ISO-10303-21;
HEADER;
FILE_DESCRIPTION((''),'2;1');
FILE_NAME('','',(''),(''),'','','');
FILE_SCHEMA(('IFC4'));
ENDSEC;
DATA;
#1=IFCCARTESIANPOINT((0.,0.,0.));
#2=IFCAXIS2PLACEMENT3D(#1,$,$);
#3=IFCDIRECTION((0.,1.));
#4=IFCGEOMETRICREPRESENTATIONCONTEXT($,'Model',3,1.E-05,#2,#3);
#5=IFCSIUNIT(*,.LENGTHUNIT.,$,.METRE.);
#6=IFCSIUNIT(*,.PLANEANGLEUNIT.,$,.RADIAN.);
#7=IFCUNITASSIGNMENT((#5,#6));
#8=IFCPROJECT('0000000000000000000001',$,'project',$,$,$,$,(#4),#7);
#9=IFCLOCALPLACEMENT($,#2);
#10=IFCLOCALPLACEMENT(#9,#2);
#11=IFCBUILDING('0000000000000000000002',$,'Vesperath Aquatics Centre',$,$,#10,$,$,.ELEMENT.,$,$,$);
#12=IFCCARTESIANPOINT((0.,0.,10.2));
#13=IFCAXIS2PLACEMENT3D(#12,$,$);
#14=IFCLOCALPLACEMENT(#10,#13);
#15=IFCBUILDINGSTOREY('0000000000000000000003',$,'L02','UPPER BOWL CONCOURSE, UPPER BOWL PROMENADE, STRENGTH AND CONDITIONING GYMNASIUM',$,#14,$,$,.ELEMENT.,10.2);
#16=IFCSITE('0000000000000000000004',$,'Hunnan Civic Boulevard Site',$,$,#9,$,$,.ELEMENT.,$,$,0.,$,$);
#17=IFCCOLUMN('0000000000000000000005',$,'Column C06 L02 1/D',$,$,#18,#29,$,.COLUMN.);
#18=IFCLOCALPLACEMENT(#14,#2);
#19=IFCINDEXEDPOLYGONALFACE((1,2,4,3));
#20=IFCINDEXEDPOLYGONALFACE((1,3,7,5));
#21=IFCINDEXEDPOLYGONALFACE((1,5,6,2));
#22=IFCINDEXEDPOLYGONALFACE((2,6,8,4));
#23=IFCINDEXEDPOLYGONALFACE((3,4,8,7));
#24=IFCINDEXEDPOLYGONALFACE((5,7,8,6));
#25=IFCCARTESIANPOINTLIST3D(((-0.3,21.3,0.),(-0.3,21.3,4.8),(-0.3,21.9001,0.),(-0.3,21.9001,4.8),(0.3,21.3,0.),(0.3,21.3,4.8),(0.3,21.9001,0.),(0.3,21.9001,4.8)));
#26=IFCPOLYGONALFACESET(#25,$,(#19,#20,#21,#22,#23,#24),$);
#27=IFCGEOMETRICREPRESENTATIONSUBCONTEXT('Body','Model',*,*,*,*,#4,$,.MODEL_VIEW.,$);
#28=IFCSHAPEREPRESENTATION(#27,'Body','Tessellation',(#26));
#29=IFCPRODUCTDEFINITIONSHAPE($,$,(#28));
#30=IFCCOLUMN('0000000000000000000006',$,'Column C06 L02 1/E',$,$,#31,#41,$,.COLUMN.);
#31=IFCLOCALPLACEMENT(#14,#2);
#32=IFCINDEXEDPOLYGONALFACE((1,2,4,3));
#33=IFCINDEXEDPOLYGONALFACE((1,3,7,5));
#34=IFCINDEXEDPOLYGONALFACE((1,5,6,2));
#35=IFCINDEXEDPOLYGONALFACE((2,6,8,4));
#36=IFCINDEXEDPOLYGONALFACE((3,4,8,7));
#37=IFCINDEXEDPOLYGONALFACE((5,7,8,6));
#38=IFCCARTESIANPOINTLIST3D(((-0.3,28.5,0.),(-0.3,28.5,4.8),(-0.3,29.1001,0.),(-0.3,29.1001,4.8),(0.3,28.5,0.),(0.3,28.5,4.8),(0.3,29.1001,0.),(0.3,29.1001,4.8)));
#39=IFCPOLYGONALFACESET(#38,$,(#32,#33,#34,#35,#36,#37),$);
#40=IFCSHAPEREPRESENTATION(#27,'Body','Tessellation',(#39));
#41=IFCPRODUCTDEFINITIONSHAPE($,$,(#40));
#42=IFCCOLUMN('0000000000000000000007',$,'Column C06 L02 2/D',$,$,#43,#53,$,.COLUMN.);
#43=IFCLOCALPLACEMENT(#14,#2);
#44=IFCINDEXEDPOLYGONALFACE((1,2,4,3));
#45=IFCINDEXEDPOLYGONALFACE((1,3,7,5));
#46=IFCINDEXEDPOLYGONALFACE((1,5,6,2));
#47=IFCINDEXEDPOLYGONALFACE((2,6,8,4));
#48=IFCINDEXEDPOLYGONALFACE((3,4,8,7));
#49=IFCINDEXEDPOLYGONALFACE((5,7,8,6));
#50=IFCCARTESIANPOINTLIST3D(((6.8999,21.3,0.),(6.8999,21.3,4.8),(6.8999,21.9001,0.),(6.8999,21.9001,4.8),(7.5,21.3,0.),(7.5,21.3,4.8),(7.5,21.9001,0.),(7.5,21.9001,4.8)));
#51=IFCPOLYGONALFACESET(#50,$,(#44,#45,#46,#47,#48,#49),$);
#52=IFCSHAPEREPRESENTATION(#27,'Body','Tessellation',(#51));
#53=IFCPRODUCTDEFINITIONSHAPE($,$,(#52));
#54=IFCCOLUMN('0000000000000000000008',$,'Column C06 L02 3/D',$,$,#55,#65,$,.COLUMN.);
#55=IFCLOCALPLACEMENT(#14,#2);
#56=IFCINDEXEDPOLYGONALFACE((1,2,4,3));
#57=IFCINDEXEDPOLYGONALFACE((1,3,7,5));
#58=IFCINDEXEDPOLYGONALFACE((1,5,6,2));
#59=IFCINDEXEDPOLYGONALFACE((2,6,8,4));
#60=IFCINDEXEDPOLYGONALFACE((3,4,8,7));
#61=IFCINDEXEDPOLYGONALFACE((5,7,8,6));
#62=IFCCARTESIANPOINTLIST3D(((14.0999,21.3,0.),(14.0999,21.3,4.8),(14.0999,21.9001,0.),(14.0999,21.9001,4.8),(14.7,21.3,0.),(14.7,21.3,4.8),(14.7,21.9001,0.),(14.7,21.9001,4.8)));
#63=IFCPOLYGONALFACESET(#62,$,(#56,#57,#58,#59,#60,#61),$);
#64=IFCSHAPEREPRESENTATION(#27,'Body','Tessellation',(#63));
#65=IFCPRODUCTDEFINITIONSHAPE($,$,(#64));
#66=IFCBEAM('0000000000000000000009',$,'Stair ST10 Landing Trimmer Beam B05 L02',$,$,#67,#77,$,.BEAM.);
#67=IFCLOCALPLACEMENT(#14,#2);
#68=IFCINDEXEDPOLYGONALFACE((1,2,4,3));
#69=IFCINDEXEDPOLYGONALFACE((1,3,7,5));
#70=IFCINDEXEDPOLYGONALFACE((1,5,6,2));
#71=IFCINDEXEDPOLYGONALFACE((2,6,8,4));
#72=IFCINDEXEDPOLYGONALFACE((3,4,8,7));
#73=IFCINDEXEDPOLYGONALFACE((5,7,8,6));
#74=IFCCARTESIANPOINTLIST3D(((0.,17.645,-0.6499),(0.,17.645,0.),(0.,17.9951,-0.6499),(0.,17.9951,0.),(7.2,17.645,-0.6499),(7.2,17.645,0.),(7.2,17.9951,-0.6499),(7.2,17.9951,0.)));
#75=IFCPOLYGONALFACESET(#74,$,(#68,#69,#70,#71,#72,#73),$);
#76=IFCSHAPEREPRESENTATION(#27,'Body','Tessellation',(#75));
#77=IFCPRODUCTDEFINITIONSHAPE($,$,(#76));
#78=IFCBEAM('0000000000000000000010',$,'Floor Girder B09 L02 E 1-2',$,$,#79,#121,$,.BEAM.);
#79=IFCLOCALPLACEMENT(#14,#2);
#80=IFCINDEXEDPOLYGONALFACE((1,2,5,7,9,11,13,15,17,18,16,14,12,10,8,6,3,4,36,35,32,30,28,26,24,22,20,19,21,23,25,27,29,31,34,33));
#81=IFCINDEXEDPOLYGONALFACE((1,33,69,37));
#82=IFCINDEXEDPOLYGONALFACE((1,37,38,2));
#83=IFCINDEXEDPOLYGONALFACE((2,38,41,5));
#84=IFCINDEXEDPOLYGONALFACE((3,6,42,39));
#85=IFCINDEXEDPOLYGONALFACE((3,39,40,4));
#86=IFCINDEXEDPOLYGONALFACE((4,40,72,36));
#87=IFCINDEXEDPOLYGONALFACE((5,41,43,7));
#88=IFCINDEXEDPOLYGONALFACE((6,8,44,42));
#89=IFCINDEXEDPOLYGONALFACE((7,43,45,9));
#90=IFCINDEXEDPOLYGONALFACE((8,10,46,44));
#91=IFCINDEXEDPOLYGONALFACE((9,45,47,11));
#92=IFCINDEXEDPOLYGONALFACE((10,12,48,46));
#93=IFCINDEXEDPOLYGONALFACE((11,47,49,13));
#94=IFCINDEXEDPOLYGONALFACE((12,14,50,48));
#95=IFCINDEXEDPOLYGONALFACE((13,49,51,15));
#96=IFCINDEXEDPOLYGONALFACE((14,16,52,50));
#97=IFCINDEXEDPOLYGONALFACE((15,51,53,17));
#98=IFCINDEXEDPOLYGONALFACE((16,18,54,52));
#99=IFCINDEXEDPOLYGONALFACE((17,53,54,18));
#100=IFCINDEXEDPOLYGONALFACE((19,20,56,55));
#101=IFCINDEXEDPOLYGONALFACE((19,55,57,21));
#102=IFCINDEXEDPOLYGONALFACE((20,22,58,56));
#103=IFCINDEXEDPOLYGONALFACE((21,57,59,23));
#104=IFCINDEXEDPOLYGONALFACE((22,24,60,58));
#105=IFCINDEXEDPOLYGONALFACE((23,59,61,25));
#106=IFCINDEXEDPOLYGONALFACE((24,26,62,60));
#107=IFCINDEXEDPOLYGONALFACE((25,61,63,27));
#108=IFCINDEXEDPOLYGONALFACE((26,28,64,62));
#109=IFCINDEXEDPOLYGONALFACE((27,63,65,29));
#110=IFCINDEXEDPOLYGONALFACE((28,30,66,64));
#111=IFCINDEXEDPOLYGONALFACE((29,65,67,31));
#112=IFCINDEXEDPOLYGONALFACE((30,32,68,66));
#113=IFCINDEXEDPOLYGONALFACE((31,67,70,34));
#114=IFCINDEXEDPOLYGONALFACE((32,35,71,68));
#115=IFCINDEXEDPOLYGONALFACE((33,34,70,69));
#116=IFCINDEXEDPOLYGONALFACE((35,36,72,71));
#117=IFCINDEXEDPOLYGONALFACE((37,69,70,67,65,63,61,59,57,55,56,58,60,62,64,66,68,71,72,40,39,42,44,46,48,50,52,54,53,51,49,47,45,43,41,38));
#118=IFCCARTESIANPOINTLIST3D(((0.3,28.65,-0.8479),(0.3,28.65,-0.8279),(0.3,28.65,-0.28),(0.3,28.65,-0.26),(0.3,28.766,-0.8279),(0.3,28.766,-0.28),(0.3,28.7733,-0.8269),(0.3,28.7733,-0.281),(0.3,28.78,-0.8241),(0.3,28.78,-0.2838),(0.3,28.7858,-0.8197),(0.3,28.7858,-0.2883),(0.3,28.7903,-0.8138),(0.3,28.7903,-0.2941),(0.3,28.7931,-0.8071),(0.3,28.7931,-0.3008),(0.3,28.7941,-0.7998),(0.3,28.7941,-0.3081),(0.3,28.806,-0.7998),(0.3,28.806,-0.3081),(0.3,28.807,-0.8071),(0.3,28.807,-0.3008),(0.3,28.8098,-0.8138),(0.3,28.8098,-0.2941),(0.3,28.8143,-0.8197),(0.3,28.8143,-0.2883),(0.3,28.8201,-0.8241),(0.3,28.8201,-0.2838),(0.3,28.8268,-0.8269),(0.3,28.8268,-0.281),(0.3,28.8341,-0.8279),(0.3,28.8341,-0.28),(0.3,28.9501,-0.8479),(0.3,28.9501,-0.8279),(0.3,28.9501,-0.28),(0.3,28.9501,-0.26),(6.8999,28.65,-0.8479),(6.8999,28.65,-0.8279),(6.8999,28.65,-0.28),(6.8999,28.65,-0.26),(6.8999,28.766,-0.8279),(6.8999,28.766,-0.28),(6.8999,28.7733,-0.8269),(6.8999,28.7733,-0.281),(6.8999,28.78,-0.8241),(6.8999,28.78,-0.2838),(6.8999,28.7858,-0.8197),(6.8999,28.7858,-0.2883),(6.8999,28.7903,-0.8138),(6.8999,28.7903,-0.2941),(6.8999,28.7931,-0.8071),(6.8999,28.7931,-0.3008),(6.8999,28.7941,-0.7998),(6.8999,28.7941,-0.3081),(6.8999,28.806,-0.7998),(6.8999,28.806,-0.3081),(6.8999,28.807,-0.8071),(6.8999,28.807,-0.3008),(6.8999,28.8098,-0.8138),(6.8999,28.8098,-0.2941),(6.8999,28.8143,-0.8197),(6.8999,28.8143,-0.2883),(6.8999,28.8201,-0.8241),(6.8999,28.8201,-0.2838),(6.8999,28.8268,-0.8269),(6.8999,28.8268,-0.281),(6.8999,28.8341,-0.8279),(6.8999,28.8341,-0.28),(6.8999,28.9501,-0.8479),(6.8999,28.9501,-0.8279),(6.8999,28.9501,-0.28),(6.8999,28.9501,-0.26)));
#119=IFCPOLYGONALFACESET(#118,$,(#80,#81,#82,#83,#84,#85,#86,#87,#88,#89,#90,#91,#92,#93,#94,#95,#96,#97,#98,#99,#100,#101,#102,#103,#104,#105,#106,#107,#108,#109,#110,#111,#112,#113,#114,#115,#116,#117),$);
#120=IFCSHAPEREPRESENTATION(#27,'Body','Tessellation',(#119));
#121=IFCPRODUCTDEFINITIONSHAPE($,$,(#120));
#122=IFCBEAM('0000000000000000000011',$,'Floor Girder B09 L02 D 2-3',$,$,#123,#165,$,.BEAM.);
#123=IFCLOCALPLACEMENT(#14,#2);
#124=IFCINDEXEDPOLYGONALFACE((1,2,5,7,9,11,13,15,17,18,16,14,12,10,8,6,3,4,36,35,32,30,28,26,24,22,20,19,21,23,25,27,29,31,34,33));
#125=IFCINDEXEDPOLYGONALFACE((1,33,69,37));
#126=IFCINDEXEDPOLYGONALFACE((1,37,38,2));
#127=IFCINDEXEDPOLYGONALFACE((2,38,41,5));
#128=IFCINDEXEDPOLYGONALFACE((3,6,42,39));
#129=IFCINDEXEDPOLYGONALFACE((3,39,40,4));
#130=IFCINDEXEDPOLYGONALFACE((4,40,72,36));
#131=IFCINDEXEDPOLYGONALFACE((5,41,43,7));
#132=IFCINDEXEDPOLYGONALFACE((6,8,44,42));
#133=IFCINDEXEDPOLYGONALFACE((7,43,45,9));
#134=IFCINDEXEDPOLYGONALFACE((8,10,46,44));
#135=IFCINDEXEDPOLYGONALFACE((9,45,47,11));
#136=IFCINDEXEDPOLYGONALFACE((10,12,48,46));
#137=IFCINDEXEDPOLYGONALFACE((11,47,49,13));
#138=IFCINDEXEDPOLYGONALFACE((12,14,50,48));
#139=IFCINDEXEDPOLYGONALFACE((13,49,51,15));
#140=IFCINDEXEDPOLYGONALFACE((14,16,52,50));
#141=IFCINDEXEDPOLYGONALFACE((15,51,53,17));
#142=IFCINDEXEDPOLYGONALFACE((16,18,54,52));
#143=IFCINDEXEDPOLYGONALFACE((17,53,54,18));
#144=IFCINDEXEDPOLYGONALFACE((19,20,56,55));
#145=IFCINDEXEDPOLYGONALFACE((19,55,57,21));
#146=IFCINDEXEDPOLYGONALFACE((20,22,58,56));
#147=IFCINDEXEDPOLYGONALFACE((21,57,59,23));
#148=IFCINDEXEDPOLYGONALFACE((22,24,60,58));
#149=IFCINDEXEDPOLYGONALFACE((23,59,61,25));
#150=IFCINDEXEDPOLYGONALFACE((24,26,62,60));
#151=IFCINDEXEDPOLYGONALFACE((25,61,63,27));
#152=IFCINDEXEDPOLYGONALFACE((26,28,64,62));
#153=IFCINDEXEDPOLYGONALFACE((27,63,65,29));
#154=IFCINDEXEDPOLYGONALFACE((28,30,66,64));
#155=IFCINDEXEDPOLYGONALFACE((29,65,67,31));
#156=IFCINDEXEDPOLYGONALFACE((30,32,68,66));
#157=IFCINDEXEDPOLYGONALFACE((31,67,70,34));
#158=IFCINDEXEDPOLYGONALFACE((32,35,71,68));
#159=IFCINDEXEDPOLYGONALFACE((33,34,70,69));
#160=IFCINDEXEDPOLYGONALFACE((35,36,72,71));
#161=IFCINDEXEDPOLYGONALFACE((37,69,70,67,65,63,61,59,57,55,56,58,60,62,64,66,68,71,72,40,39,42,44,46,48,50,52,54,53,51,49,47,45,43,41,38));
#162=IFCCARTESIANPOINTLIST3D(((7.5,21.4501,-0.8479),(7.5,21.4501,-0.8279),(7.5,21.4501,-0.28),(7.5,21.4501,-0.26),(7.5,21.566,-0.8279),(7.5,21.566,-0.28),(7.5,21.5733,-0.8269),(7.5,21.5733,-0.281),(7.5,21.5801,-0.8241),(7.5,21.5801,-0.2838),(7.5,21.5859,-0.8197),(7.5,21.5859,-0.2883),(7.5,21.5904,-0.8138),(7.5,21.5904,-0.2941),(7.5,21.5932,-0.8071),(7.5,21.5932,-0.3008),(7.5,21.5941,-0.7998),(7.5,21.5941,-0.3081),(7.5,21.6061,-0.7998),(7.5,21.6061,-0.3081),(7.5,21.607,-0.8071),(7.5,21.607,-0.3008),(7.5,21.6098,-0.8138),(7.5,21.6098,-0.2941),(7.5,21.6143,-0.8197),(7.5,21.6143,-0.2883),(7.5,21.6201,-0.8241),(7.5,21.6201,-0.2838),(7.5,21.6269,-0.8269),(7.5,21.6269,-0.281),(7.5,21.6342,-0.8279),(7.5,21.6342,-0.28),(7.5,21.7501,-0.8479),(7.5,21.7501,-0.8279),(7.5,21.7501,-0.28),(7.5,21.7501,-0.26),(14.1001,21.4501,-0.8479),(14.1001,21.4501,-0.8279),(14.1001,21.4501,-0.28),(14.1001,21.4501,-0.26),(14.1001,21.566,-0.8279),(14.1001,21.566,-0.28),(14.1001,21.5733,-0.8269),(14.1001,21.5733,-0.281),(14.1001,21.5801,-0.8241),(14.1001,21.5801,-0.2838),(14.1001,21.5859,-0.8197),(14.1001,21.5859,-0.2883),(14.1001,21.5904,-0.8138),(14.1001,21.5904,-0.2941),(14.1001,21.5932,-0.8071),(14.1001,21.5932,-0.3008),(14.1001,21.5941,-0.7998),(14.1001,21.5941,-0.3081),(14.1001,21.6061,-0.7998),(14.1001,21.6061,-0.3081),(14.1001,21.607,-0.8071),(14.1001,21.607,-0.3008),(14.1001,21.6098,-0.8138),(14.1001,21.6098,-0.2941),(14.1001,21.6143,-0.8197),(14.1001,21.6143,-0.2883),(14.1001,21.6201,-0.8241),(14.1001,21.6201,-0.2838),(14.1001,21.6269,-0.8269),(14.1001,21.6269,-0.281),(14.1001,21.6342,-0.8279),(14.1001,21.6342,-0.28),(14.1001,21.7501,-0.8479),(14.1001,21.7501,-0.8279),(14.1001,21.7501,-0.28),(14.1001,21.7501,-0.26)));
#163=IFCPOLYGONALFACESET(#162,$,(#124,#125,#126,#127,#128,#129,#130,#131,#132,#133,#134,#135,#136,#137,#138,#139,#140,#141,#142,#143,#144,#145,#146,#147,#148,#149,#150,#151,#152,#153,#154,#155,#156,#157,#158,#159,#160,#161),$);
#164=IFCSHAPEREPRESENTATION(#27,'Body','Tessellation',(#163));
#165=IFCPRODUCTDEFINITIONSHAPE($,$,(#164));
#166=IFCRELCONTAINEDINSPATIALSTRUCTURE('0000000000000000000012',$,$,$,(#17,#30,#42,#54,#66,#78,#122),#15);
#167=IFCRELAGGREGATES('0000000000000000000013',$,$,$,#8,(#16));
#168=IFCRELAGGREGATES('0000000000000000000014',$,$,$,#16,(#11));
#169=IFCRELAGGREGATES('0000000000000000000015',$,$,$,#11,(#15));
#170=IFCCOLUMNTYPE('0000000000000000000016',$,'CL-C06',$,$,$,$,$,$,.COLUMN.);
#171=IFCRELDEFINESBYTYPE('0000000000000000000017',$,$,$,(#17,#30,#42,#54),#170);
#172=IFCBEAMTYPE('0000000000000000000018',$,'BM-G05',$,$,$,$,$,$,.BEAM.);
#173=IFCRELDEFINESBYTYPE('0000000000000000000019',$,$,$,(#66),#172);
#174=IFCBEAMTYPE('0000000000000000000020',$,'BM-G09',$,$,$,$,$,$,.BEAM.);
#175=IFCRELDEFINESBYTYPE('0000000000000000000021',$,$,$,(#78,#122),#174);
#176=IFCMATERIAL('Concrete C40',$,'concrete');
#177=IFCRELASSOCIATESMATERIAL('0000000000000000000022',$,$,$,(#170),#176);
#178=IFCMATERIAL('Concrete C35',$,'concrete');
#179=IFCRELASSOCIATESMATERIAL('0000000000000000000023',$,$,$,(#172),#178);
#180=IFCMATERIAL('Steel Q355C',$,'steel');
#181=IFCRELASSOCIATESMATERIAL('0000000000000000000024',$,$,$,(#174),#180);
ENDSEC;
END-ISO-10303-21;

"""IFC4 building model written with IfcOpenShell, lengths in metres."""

from ifc_helpers import new_model, si_unit, direction, frame, origin, origin_2d, place, context, subcontext, project, spatial, rectangle, i_section, extrude, material, material_profile, profile_set, type_object, element, save


model = new_model("IFC4")

# Units and contexts
model_context = context("Model", 3, precision=1e-05, world=origin(), true_north=direction((0.0, 1.0)))
body_context = subcontext(model_context, "Body", "Model", "MODEL_VIEW")
ifc_project = project(units=[si_unit("LENGTHUNIT", "METRE"), si_unit("PLANEANGLEUNIT", "RADIAN")], contexts=[model_context])

# Site, building, storey
site_placement = place(None, origin())
site = spatial("IfcSite", under=ifc_project, at=site_placement, Name="Hunnan Civic Boulevard Site", CompositionType="ELEMENT", RefElevation=0.0)
building_placement = place(site_placement, origin())
building = spatial("IfcBuilding", under=site, at=building_placement, Name="Vesperath Aquatics Centre", CompositionType="ELEMENT")
storey_placement = place(building_placement, frame((0.0, 0.0, 10.2)))
storey = spatial("IfcBuildingStorey", under=building, at=storey_placement, Name="L02", Description="UPPER BOWL CONCOURSE, UPPER BOWL PROMENADE, STRENGTH AND CONDITIONING GYMNASIUM", CompositionType="ELEMENT", Elevation=10.2)

# Columns
ifc_material_1 = material(Name="Concrete C40", Category="concrete")
ifc_material_profile_1 = material_profile(ifc_material_1, rectangle(XDim=0.6001, YDim=0.6001, at=origin_2d()), Name="RC 600x600")
ifc_profile_set_1 = profile_set([ifc_material_profile_1], Name="Concrete C40")
column_type = type_object("IfcColumnType", Name="CL-C06", PredefinedType="COLUMN", material=ifc_profile_set_1)
for number, where, z_axis, x_axis, name in (
    (1, (0.0, 21.6001, 0.0), (0.0, 0.0, 1.0), (1.0, 0.0, 0.0), "Column C06 L02 1/D"),
    (2, (0.0, 28.8, 0.0), (0.0, 0.0, 1.0), (1.0, 0.0, 0.0), "Column C06 L02 1/E"),
    (3, (7.2, 21.6001, 0.0), (0.0, 0.0, 1.0), (1.0, 0.0, 0.0), "Column C06 L02 2/D"),
    (4, (14.3999, 21.6001, 0.0), (0.0, 0.0, 1.0), (1.0, 0.0, 0.0), "Column C06 L02 3/D"),
):
    element("IfcColumn", number, at=place(storey_placement, frame(where, z_axis=z_axis, x_axis=x_axis)), inside=storey, type_object=column_type, Name=name, PredefinedType="COLUMN", context=body_context, shape_type="SweptSolid", body=[
        extrude(rectangle(XDim=0.6001, YDim=0.6001, at=origin_2d()), origin(), (0.0, 0.0, 1.0), 4.8),
    ])

# Beams
ifc_material_2 = material(Name="Concrete C35", Category="concrete")
ifc_material_profile_2 = material_profile(ifc_material_2, rectangle(XDim=0.3501, YDim=0.6499, at=origin_2d()), Name="RC 350x650")
ifc_profile_set_2 = profile_set([ifc_material_profile_2], Name="Concrete C35")
beam_type_1 = type_object("IfcBeamType", Name="BM-G05", PredefinedType="BEAM", material=ifc_profile_set_2)
beam_1_placement = place(storey_placement, frame((0.0, 17.8201, -0.325), z_axis=(1.0, 0.0, 0.0), x_axis=(0.0, 1.0, 0.0)))
element("IfcBeam", 5, at=beam_1_placement, inside=storey, type_object=beam_type_1, Name="Stair ST10 Landing Trimmer Beam B05 L02", PredefinedType="BEAM", context=body_context, shape_type="SweptSolid", body=[
    extrude(rectangle(XDim=0.3501, YDim=0.6499, at=origin_2d()), origin(), (0.0, 0.0, 1.0), 7.2),
])
ifc_material_3 = material(Name="Steel Q355C", Category="steel")
ifc_material_profile_3 = material_profile(ifc_material_3, i_section(OverallWidth=0.3, OverallDepth=0.5879, WebThickness=0.012, FlangeThickness=0.02, FilletRadius=0.0281, at=origin_2d()), Name="HM 588x300x12x20")
ifc_profile_set_3 = profile_set([ifc_material_profile_3], Name="Steel Q355C")
beam_type_2 = type_object("IfcBeamType", Name="BM-G09", PredefinedType="BEAM", material=ifc_profile_set_3)
beam_2_placement = place(storey_placement, frame((0.3, 28.8, -0.554), z_axis=(1.0, 0.0, 0.0), x_axis=(0.0, 1.0, 0.0)))
element("IfcBeam", 6, at=beam_2_placement, inside=storey, type_object=beam_type_2, Name="Floor Girder B09 L02 E 1-2", PredefinedType="BEAM", context=body_context, shape_type="SweptSolid", body=[
    extrude(i_section(OverallWidth=0.3, OverallDepth=0.5879, WebThickness=0.012, FlangeThickness=0.02, FilletRadius=0.0281, at=origin_2d()), origin(), (0.0, 0.0, 1.0), 6.5999),
])
beam_3_placement = place(storey_placement, frame((7.5, 21.6001, -0.554), z_axis=(1.0, 0.0, 0.0), x_axis=(0.0, 1.0, 0.0)))
element("IfcBeam", 7, at=beam_3_placement, inside=storey, type_object=beam_type_2, Name="Floor Girder B09 L02 D 2-3", PredefinedType="BEAM", context=body_context, shape_type="SweptSolid", body=[
    extrude(i_section(OverallWidth=0.3, OverallDepth=0.5879, WebThickness=0.012, FlangeThickness=0.02, FilletRadius=0.0281, at=origin_2d()), origin(), (0.0, 0.0, 1.0), 6.6001),
])

save(model, "model.ifc")
